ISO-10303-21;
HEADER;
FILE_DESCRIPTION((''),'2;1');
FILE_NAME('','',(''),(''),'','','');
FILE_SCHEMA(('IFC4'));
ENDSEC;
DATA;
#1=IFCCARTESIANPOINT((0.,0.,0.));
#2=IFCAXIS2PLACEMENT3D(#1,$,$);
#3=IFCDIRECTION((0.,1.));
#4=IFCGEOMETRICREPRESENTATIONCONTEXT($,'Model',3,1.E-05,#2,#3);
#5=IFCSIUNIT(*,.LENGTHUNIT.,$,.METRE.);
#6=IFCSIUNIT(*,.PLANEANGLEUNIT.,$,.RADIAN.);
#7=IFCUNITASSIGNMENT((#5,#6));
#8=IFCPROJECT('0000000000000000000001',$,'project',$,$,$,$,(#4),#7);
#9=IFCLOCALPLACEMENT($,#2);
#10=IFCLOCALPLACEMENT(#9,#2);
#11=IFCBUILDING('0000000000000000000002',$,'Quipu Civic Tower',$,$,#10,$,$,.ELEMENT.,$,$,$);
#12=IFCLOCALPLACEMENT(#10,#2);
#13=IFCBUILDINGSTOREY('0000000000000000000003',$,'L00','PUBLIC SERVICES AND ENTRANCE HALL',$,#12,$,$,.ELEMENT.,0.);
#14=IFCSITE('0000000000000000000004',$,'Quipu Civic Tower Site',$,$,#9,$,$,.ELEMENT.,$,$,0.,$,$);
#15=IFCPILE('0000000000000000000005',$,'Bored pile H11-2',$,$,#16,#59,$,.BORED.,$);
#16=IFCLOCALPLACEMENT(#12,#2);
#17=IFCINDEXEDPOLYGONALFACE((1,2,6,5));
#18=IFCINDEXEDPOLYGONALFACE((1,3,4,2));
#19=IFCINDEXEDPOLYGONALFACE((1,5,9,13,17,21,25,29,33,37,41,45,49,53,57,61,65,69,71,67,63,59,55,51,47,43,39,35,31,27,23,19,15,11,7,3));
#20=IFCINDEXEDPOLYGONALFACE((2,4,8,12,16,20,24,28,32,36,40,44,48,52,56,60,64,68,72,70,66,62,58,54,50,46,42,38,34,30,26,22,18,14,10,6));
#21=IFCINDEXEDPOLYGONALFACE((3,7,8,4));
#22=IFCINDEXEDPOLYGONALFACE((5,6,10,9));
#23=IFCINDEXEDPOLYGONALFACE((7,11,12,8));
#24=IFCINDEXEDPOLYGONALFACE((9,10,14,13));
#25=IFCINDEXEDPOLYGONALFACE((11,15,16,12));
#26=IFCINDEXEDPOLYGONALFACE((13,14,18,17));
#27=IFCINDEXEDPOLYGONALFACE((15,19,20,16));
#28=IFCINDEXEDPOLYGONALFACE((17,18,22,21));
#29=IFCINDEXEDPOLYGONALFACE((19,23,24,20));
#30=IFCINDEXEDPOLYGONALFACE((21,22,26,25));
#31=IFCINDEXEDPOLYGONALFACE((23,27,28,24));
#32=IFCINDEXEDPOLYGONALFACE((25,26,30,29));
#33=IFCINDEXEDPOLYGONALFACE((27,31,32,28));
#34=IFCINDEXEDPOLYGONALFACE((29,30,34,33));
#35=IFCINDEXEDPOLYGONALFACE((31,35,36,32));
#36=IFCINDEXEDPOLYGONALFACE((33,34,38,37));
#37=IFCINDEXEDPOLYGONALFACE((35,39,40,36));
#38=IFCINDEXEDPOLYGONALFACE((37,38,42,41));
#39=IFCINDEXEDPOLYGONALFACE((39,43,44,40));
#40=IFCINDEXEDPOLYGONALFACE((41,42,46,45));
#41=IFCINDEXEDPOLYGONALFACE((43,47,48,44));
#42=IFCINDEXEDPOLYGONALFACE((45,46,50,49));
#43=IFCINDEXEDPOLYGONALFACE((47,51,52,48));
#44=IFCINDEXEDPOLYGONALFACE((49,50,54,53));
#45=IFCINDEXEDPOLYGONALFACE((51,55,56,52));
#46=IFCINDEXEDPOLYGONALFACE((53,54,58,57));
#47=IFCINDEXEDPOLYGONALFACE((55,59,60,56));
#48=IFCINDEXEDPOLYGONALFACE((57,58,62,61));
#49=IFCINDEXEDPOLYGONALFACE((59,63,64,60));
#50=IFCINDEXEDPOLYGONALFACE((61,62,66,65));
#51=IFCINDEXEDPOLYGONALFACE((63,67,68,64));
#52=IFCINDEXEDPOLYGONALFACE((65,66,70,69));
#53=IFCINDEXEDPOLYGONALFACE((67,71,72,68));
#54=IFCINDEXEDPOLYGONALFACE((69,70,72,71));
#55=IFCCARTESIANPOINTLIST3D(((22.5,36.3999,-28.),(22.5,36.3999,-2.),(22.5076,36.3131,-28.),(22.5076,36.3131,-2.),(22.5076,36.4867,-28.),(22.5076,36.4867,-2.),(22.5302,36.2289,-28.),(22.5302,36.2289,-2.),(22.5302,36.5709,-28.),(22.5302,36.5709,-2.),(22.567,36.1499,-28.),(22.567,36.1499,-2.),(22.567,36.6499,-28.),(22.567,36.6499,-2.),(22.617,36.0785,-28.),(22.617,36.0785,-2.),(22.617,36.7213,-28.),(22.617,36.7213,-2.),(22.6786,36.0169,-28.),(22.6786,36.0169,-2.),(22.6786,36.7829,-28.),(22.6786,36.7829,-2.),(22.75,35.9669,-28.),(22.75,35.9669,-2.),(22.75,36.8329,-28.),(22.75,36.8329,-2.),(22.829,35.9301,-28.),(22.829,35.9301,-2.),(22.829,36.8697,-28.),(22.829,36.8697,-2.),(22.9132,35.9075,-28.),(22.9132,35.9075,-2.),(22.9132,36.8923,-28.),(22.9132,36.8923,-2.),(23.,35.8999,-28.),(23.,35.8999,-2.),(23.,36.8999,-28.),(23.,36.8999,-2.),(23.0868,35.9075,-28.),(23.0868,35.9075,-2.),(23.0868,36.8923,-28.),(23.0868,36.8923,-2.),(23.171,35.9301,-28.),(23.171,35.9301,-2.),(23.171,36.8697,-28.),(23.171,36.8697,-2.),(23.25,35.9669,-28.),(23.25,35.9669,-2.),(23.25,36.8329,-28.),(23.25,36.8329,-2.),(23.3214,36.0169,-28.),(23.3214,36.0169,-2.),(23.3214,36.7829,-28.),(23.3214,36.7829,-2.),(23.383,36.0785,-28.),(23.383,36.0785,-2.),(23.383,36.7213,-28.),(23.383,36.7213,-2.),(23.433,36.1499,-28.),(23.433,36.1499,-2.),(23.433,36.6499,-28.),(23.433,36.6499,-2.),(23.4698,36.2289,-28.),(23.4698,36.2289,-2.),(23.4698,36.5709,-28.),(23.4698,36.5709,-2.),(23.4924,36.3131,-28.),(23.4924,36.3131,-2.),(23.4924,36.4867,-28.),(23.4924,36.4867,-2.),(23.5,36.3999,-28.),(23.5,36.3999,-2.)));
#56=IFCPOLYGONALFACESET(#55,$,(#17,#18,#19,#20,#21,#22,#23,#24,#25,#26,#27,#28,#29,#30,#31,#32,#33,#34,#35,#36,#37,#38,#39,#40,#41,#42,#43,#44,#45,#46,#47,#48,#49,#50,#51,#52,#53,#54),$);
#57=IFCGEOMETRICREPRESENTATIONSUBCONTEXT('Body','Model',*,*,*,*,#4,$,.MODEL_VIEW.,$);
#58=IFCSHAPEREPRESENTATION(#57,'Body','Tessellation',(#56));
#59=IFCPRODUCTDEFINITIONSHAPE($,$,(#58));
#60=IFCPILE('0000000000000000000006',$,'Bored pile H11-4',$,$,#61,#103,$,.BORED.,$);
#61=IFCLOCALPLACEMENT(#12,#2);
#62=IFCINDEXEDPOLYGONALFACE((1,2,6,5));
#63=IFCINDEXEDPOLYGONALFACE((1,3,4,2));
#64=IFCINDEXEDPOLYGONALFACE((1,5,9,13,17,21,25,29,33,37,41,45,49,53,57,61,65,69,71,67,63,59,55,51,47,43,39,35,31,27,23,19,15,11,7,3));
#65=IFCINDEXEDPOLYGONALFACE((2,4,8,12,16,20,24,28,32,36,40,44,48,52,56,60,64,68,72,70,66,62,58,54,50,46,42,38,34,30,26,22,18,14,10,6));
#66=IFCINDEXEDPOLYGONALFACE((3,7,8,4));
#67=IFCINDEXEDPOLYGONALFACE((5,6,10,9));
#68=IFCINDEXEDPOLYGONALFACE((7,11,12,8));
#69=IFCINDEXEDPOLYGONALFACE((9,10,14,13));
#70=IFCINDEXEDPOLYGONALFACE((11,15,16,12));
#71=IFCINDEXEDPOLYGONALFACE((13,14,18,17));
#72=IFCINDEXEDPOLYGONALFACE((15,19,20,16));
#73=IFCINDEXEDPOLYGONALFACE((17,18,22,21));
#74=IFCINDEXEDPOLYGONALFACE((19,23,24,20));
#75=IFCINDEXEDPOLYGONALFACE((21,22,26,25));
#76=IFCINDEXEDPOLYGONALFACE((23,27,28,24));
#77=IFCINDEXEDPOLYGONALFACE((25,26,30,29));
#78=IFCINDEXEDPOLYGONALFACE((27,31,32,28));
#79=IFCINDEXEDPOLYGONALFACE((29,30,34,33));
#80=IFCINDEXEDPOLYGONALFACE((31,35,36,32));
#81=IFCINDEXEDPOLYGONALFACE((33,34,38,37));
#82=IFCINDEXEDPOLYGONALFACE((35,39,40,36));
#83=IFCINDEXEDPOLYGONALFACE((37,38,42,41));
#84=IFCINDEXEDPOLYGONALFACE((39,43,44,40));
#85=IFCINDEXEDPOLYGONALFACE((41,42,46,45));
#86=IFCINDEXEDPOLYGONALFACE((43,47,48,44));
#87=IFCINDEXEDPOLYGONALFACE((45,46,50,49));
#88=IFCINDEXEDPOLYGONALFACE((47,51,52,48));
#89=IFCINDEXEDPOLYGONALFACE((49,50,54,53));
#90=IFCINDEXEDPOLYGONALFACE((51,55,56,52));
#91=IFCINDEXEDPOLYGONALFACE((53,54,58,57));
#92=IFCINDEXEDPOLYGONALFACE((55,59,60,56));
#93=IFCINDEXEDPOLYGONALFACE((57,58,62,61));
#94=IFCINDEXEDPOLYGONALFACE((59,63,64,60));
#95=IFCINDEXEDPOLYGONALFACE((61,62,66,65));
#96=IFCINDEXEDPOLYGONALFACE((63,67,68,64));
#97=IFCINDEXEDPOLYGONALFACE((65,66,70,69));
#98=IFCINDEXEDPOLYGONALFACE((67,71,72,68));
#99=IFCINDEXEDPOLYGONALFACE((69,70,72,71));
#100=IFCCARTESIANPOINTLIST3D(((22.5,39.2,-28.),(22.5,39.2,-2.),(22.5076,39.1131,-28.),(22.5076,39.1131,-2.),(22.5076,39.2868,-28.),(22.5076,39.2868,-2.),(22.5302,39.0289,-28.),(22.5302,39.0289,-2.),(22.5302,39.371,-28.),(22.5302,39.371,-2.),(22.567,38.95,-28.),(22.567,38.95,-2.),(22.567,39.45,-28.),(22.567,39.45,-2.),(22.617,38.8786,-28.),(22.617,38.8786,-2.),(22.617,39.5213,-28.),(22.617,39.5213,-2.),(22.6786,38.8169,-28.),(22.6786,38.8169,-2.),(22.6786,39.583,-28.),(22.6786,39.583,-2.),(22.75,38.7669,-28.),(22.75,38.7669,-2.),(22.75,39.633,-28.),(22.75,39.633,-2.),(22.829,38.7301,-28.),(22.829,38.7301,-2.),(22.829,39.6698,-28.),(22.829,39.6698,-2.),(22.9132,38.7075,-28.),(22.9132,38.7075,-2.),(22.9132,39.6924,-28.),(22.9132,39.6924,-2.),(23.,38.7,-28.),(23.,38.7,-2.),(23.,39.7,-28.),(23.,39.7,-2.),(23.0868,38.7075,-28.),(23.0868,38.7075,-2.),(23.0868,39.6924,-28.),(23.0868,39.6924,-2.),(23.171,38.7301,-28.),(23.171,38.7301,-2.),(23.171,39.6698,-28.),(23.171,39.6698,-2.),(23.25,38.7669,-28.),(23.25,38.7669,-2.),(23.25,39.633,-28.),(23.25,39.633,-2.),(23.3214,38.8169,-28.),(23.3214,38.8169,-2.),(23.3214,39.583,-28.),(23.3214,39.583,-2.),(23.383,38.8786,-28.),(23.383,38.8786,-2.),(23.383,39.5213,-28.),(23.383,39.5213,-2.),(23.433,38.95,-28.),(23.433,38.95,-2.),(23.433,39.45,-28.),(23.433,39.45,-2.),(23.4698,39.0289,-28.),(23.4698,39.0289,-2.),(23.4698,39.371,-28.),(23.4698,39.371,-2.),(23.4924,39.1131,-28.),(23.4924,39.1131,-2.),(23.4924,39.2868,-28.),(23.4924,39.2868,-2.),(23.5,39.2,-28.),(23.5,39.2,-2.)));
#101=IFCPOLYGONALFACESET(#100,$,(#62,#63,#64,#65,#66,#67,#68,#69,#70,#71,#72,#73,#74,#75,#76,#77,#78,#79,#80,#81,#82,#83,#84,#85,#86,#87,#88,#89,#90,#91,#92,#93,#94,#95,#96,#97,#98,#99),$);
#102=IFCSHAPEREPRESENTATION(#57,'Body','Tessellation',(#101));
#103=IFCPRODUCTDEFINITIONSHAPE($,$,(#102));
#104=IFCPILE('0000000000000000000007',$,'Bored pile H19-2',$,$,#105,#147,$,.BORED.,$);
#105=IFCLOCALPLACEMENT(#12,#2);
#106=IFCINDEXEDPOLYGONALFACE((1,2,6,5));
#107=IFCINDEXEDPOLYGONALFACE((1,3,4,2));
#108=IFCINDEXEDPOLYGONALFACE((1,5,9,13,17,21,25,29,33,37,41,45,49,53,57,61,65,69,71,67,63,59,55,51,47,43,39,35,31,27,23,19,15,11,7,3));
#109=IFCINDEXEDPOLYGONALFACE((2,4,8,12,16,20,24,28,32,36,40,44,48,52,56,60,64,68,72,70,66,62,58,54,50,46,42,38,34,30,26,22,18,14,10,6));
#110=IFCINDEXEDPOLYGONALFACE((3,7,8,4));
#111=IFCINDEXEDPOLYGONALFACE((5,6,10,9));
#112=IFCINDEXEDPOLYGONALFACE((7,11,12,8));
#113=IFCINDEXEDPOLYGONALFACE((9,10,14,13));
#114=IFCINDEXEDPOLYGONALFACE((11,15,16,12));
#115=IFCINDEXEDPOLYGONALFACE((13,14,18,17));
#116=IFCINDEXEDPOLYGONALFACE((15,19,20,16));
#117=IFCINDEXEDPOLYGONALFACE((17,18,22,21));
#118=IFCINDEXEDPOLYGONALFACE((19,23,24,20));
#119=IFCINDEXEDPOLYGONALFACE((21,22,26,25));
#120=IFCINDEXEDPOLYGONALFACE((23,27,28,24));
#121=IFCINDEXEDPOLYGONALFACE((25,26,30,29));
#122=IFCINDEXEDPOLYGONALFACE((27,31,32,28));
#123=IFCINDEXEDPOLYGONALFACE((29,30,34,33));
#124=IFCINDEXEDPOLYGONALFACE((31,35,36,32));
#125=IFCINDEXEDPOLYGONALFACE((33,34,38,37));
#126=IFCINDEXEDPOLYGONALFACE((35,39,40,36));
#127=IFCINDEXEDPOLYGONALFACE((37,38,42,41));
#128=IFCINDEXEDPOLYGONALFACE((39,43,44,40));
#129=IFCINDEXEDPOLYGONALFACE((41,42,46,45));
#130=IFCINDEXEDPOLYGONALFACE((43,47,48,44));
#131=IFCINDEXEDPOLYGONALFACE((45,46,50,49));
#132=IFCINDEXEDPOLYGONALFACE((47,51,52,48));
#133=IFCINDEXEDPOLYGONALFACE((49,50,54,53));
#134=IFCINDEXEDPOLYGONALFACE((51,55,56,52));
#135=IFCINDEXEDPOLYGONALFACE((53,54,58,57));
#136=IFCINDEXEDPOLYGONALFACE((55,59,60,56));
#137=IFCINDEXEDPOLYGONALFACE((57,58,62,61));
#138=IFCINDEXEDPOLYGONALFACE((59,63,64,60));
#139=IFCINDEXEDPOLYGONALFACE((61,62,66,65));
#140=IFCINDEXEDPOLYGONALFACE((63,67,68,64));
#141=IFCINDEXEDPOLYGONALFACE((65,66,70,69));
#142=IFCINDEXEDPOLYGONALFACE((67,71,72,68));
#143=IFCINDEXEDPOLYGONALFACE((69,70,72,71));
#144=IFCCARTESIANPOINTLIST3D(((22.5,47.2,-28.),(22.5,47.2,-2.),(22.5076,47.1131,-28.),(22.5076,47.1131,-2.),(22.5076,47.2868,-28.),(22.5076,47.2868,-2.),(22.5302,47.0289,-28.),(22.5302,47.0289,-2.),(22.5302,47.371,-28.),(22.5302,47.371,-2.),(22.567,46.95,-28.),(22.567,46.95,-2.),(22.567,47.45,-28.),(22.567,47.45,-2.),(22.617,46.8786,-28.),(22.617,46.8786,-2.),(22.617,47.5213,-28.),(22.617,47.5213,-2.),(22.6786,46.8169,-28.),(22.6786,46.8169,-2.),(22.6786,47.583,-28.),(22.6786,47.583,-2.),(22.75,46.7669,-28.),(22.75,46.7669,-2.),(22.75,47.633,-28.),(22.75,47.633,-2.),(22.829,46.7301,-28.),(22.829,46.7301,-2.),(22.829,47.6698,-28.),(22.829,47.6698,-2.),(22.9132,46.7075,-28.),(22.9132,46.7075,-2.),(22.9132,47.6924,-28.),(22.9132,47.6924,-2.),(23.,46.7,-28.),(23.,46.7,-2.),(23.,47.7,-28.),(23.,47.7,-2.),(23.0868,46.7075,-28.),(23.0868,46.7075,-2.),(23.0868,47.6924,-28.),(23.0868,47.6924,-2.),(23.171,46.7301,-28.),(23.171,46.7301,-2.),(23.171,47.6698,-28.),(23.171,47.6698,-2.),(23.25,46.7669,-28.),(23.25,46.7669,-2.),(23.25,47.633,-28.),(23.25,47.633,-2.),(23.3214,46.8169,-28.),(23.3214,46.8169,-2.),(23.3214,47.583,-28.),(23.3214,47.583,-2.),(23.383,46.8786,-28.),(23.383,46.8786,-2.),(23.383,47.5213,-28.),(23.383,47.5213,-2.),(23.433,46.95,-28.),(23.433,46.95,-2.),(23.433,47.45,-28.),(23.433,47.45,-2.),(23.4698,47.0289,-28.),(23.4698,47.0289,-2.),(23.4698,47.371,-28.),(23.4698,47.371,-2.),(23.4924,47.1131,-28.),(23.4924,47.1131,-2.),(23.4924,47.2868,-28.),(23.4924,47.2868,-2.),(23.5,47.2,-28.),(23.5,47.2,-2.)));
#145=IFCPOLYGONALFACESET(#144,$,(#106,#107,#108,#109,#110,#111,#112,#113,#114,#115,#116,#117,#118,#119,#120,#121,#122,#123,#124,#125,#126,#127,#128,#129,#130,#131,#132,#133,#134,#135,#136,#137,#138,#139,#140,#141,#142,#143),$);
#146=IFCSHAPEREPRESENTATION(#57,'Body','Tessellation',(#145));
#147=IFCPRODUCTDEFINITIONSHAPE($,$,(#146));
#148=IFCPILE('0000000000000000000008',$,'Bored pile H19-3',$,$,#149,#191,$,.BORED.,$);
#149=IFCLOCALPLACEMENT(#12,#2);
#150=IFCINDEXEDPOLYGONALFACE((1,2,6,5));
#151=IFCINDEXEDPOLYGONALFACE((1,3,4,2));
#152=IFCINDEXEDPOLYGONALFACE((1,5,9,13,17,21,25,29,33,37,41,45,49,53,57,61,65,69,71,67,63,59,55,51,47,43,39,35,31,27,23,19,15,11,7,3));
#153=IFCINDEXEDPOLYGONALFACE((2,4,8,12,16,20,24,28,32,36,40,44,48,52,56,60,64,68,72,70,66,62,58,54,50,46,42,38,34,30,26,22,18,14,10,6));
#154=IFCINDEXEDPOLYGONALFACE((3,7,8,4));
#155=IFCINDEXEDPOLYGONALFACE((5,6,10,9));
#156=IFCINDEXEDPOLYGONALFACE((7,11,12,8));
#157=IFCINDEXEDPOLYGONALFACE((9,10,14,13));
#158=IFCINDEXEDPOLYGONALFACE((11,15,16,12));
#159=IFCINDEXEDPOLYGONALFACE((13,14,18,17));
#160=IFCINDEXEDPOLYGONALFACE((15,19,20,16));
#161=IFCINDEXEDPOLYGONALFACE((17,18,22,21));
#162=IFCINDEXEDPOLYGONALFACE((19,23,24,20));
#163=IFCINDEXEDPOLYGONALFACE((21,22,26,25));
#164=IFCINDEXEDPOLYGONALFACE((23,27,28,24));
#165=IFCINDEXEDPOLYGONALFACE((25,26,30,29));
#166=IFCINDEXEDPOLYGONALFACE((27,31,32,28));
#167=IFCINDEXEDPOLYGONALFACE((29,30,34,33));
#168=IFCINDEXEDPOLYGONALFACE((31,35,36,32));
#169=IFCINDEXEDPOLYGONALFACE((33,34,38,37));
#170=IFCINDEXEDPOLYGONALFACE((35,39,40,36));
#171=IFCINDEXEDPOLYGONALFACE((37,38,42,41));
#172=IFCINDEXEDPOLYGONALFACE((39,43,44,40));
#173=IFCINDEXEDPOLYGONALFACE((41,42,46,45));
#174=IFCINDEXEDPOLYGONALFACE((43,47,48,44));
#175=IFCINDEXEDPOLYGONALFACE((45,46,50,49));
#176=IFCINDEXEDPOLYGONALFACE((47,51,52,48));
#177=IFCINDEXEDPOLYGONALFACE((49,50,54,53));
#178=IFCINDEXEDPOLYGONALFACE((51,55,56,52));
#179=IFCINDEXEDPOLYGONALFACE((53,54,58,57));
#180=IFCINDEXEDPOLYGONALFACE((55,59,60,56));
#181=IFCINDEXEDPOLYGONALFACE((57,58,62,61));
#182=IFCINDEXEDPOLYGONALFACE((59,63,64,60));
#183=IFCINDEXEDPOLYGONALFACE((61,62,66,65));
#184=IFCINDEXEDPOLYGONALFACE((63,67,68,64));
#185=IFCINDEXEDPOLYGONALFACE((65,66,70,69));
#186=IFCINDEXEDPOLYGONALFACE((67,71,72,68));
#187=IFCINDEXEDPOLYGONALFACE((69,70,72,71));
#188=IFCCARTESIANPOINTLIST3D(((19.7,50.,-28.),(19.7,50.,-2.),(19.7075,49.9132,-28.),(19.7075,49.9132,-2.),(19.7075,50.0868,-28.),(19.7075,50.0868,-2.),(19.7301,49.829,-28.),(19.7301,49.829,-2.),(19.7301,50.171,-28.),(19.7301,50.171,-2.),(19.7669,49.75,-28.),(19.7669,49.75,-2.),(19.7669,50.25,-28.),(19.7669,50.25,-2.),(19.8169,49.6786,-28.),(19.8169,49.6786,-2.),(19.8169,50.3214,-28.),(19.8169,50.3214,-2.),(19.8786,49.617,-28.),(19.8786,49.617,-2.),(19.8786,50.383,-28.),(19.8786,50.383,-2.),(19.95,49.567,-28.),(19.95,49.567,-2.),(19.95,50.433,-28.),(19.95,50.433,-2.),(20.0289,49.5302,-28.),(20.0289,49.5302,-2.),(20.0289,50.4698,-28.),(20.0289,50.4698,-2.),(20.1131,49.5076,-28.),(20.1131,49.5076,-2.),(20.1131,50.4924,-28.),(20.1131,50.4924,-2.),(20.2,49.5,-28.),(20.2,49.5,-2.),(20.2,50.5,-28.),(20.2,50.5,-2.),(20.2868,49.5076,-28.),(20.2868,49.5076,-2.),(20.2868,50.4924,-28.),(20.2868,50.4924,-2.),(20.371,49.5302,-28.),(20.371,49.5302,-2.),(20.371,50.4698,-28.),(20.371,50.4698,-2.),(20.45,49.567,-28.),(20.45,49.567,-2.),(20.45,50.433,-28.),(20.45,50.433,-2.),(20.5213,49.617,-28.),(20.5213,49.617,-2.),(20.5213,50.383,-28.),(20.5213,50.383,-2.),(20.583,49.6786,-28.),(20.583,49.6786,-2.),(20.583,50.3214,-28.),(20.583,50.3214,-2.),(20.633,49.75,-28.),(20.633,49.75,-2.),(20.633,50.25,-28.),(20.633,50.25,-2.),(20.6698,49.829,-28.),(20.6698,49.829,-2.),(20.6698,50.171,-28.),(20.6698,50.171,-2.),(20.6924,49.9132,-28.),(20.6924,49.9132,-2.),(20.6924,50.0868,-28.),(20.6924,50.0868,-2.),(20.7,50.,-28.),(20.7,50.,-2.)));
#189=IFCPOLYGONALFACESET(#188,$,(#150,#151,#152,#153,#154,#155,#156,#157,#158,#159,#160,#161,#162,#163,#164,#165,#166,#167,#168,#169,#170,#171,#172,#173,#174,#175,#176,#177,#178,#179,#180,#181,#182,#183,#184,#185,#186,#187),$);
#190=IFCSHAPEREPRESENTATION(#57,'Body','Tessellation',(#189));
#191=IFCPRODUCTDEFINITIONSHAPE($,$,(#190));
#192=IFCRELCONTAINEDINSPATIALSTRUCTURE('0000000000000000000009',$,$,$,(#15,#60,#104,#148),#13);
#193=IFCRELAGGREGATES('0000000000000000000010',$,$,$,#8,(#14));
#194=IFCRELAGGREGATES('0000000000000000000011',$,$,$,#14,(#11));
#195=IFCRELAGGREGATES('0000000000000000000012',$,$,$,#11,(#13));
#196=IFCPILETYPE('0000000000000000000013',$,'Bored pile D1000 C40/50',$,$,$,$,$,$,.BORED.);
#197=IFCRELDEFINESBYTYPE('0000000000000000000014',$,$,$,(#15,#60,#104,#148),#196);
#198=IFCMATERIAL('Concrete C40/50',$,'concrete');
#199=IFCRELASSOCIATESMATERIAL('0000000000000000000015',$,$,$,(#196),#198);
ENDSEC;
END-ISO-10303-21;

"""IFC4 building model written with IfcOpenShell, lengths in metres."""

from ifc_helpers import new_model, si_unit, direction, frame, origin, origin_2d, place, context, subcontext, project, spatial, circle, extrude, material, material_profile, profile_set, type_object, element, save


model = new_model("IFC4")

# Units and contexts
model_context = context("Model", 3, precision=1e-05, world=origin(), true_north=direction((0.0, 1.0)))
body_context = subcontext(model_context, "Body", "Model", "MODEL_VIEW")
ifc_project = project(units=[si_unit("LENGTHUNIT", "METRE"), si_unit("PLANEANGLEUNIT", "RADIAN")], contexts=[model_context])

# Site, building, storey
site_placement = place(None, origin())
site = spatial("IfcSite", under=ifc_project, at=site_placement, Name="Quipu Civic Tower Site", CompositionType="ELEMENT", RefElevation=0.0)
building_placement = place(site_placement, origin())
building = spatial("IfcBuilding", under=site, at=building_placement, Name="Quipu Civic Tower", CompositionType="ELEMENT")
storey_placement = place(building_placement, origin())
storey = spatial("IfcBuildingStorey", under=building, at=storey_placement, Name="L00", Description="PUBLIC SERVICES AND ENTRANCE HALL", CompositionType="ELEMENT", Elevation=0.0)

# Piles
ifc_material_1 = material(Name="Concrete C40/50", Category="concrete")
ifc_material_profile_1 = material_profile(ifc_material_1, circle(Radius=0.5, at=origin_2d()), Name="RCD1000")
ifc_profile_set_1 = profile_set([ifc_material_profile_1], Name="Concrete C40/50")
pile_type_1 = type_object("IfcPileType", Name="Bored pile D1000 C40/50", PredefinedType="BORED", material=ifc_profile_set_1)
for number, where, z_axis, x_axis, name in (
    (1, (23.0, 36.3999, -2.0), (0.0, 0.0, -1.0), (1.0, 0.0, 0.0), "Bored pile H11-2"),
    (2, (23.0, 39.2, -2.0), (0.0, 0.0, -1.0), (1.0, 0.0, 0.0), "Bored pile H11-4"),
    (3, (23.0, 47.2, -2.0), (0.0, 0.0, -1.0), (1.0, 0.0, 0.0), "Bored pile H19-2"),
    (4, (20.2, 50.0, -2.0), (0.0, 0.0, -1.0), (1.0, 0.0, 0.0), "Bored pile H19-3"),
):
    element("IfcPile", number, at=place(storey_placement, frame(where, z_axis=z_axis, x_axis=x_axis)), inside=storey, type_object=pile_type_1, Name=name, PredefinedType="BORED", context=body_context, shape_type="SweptSolid", body=[
        extrude(circle(Radius=0.5, at=origin_2d()), origin(), (0.0, 0.0, 1.0), 26.0),
    ])

save(model, "model.ifc")
